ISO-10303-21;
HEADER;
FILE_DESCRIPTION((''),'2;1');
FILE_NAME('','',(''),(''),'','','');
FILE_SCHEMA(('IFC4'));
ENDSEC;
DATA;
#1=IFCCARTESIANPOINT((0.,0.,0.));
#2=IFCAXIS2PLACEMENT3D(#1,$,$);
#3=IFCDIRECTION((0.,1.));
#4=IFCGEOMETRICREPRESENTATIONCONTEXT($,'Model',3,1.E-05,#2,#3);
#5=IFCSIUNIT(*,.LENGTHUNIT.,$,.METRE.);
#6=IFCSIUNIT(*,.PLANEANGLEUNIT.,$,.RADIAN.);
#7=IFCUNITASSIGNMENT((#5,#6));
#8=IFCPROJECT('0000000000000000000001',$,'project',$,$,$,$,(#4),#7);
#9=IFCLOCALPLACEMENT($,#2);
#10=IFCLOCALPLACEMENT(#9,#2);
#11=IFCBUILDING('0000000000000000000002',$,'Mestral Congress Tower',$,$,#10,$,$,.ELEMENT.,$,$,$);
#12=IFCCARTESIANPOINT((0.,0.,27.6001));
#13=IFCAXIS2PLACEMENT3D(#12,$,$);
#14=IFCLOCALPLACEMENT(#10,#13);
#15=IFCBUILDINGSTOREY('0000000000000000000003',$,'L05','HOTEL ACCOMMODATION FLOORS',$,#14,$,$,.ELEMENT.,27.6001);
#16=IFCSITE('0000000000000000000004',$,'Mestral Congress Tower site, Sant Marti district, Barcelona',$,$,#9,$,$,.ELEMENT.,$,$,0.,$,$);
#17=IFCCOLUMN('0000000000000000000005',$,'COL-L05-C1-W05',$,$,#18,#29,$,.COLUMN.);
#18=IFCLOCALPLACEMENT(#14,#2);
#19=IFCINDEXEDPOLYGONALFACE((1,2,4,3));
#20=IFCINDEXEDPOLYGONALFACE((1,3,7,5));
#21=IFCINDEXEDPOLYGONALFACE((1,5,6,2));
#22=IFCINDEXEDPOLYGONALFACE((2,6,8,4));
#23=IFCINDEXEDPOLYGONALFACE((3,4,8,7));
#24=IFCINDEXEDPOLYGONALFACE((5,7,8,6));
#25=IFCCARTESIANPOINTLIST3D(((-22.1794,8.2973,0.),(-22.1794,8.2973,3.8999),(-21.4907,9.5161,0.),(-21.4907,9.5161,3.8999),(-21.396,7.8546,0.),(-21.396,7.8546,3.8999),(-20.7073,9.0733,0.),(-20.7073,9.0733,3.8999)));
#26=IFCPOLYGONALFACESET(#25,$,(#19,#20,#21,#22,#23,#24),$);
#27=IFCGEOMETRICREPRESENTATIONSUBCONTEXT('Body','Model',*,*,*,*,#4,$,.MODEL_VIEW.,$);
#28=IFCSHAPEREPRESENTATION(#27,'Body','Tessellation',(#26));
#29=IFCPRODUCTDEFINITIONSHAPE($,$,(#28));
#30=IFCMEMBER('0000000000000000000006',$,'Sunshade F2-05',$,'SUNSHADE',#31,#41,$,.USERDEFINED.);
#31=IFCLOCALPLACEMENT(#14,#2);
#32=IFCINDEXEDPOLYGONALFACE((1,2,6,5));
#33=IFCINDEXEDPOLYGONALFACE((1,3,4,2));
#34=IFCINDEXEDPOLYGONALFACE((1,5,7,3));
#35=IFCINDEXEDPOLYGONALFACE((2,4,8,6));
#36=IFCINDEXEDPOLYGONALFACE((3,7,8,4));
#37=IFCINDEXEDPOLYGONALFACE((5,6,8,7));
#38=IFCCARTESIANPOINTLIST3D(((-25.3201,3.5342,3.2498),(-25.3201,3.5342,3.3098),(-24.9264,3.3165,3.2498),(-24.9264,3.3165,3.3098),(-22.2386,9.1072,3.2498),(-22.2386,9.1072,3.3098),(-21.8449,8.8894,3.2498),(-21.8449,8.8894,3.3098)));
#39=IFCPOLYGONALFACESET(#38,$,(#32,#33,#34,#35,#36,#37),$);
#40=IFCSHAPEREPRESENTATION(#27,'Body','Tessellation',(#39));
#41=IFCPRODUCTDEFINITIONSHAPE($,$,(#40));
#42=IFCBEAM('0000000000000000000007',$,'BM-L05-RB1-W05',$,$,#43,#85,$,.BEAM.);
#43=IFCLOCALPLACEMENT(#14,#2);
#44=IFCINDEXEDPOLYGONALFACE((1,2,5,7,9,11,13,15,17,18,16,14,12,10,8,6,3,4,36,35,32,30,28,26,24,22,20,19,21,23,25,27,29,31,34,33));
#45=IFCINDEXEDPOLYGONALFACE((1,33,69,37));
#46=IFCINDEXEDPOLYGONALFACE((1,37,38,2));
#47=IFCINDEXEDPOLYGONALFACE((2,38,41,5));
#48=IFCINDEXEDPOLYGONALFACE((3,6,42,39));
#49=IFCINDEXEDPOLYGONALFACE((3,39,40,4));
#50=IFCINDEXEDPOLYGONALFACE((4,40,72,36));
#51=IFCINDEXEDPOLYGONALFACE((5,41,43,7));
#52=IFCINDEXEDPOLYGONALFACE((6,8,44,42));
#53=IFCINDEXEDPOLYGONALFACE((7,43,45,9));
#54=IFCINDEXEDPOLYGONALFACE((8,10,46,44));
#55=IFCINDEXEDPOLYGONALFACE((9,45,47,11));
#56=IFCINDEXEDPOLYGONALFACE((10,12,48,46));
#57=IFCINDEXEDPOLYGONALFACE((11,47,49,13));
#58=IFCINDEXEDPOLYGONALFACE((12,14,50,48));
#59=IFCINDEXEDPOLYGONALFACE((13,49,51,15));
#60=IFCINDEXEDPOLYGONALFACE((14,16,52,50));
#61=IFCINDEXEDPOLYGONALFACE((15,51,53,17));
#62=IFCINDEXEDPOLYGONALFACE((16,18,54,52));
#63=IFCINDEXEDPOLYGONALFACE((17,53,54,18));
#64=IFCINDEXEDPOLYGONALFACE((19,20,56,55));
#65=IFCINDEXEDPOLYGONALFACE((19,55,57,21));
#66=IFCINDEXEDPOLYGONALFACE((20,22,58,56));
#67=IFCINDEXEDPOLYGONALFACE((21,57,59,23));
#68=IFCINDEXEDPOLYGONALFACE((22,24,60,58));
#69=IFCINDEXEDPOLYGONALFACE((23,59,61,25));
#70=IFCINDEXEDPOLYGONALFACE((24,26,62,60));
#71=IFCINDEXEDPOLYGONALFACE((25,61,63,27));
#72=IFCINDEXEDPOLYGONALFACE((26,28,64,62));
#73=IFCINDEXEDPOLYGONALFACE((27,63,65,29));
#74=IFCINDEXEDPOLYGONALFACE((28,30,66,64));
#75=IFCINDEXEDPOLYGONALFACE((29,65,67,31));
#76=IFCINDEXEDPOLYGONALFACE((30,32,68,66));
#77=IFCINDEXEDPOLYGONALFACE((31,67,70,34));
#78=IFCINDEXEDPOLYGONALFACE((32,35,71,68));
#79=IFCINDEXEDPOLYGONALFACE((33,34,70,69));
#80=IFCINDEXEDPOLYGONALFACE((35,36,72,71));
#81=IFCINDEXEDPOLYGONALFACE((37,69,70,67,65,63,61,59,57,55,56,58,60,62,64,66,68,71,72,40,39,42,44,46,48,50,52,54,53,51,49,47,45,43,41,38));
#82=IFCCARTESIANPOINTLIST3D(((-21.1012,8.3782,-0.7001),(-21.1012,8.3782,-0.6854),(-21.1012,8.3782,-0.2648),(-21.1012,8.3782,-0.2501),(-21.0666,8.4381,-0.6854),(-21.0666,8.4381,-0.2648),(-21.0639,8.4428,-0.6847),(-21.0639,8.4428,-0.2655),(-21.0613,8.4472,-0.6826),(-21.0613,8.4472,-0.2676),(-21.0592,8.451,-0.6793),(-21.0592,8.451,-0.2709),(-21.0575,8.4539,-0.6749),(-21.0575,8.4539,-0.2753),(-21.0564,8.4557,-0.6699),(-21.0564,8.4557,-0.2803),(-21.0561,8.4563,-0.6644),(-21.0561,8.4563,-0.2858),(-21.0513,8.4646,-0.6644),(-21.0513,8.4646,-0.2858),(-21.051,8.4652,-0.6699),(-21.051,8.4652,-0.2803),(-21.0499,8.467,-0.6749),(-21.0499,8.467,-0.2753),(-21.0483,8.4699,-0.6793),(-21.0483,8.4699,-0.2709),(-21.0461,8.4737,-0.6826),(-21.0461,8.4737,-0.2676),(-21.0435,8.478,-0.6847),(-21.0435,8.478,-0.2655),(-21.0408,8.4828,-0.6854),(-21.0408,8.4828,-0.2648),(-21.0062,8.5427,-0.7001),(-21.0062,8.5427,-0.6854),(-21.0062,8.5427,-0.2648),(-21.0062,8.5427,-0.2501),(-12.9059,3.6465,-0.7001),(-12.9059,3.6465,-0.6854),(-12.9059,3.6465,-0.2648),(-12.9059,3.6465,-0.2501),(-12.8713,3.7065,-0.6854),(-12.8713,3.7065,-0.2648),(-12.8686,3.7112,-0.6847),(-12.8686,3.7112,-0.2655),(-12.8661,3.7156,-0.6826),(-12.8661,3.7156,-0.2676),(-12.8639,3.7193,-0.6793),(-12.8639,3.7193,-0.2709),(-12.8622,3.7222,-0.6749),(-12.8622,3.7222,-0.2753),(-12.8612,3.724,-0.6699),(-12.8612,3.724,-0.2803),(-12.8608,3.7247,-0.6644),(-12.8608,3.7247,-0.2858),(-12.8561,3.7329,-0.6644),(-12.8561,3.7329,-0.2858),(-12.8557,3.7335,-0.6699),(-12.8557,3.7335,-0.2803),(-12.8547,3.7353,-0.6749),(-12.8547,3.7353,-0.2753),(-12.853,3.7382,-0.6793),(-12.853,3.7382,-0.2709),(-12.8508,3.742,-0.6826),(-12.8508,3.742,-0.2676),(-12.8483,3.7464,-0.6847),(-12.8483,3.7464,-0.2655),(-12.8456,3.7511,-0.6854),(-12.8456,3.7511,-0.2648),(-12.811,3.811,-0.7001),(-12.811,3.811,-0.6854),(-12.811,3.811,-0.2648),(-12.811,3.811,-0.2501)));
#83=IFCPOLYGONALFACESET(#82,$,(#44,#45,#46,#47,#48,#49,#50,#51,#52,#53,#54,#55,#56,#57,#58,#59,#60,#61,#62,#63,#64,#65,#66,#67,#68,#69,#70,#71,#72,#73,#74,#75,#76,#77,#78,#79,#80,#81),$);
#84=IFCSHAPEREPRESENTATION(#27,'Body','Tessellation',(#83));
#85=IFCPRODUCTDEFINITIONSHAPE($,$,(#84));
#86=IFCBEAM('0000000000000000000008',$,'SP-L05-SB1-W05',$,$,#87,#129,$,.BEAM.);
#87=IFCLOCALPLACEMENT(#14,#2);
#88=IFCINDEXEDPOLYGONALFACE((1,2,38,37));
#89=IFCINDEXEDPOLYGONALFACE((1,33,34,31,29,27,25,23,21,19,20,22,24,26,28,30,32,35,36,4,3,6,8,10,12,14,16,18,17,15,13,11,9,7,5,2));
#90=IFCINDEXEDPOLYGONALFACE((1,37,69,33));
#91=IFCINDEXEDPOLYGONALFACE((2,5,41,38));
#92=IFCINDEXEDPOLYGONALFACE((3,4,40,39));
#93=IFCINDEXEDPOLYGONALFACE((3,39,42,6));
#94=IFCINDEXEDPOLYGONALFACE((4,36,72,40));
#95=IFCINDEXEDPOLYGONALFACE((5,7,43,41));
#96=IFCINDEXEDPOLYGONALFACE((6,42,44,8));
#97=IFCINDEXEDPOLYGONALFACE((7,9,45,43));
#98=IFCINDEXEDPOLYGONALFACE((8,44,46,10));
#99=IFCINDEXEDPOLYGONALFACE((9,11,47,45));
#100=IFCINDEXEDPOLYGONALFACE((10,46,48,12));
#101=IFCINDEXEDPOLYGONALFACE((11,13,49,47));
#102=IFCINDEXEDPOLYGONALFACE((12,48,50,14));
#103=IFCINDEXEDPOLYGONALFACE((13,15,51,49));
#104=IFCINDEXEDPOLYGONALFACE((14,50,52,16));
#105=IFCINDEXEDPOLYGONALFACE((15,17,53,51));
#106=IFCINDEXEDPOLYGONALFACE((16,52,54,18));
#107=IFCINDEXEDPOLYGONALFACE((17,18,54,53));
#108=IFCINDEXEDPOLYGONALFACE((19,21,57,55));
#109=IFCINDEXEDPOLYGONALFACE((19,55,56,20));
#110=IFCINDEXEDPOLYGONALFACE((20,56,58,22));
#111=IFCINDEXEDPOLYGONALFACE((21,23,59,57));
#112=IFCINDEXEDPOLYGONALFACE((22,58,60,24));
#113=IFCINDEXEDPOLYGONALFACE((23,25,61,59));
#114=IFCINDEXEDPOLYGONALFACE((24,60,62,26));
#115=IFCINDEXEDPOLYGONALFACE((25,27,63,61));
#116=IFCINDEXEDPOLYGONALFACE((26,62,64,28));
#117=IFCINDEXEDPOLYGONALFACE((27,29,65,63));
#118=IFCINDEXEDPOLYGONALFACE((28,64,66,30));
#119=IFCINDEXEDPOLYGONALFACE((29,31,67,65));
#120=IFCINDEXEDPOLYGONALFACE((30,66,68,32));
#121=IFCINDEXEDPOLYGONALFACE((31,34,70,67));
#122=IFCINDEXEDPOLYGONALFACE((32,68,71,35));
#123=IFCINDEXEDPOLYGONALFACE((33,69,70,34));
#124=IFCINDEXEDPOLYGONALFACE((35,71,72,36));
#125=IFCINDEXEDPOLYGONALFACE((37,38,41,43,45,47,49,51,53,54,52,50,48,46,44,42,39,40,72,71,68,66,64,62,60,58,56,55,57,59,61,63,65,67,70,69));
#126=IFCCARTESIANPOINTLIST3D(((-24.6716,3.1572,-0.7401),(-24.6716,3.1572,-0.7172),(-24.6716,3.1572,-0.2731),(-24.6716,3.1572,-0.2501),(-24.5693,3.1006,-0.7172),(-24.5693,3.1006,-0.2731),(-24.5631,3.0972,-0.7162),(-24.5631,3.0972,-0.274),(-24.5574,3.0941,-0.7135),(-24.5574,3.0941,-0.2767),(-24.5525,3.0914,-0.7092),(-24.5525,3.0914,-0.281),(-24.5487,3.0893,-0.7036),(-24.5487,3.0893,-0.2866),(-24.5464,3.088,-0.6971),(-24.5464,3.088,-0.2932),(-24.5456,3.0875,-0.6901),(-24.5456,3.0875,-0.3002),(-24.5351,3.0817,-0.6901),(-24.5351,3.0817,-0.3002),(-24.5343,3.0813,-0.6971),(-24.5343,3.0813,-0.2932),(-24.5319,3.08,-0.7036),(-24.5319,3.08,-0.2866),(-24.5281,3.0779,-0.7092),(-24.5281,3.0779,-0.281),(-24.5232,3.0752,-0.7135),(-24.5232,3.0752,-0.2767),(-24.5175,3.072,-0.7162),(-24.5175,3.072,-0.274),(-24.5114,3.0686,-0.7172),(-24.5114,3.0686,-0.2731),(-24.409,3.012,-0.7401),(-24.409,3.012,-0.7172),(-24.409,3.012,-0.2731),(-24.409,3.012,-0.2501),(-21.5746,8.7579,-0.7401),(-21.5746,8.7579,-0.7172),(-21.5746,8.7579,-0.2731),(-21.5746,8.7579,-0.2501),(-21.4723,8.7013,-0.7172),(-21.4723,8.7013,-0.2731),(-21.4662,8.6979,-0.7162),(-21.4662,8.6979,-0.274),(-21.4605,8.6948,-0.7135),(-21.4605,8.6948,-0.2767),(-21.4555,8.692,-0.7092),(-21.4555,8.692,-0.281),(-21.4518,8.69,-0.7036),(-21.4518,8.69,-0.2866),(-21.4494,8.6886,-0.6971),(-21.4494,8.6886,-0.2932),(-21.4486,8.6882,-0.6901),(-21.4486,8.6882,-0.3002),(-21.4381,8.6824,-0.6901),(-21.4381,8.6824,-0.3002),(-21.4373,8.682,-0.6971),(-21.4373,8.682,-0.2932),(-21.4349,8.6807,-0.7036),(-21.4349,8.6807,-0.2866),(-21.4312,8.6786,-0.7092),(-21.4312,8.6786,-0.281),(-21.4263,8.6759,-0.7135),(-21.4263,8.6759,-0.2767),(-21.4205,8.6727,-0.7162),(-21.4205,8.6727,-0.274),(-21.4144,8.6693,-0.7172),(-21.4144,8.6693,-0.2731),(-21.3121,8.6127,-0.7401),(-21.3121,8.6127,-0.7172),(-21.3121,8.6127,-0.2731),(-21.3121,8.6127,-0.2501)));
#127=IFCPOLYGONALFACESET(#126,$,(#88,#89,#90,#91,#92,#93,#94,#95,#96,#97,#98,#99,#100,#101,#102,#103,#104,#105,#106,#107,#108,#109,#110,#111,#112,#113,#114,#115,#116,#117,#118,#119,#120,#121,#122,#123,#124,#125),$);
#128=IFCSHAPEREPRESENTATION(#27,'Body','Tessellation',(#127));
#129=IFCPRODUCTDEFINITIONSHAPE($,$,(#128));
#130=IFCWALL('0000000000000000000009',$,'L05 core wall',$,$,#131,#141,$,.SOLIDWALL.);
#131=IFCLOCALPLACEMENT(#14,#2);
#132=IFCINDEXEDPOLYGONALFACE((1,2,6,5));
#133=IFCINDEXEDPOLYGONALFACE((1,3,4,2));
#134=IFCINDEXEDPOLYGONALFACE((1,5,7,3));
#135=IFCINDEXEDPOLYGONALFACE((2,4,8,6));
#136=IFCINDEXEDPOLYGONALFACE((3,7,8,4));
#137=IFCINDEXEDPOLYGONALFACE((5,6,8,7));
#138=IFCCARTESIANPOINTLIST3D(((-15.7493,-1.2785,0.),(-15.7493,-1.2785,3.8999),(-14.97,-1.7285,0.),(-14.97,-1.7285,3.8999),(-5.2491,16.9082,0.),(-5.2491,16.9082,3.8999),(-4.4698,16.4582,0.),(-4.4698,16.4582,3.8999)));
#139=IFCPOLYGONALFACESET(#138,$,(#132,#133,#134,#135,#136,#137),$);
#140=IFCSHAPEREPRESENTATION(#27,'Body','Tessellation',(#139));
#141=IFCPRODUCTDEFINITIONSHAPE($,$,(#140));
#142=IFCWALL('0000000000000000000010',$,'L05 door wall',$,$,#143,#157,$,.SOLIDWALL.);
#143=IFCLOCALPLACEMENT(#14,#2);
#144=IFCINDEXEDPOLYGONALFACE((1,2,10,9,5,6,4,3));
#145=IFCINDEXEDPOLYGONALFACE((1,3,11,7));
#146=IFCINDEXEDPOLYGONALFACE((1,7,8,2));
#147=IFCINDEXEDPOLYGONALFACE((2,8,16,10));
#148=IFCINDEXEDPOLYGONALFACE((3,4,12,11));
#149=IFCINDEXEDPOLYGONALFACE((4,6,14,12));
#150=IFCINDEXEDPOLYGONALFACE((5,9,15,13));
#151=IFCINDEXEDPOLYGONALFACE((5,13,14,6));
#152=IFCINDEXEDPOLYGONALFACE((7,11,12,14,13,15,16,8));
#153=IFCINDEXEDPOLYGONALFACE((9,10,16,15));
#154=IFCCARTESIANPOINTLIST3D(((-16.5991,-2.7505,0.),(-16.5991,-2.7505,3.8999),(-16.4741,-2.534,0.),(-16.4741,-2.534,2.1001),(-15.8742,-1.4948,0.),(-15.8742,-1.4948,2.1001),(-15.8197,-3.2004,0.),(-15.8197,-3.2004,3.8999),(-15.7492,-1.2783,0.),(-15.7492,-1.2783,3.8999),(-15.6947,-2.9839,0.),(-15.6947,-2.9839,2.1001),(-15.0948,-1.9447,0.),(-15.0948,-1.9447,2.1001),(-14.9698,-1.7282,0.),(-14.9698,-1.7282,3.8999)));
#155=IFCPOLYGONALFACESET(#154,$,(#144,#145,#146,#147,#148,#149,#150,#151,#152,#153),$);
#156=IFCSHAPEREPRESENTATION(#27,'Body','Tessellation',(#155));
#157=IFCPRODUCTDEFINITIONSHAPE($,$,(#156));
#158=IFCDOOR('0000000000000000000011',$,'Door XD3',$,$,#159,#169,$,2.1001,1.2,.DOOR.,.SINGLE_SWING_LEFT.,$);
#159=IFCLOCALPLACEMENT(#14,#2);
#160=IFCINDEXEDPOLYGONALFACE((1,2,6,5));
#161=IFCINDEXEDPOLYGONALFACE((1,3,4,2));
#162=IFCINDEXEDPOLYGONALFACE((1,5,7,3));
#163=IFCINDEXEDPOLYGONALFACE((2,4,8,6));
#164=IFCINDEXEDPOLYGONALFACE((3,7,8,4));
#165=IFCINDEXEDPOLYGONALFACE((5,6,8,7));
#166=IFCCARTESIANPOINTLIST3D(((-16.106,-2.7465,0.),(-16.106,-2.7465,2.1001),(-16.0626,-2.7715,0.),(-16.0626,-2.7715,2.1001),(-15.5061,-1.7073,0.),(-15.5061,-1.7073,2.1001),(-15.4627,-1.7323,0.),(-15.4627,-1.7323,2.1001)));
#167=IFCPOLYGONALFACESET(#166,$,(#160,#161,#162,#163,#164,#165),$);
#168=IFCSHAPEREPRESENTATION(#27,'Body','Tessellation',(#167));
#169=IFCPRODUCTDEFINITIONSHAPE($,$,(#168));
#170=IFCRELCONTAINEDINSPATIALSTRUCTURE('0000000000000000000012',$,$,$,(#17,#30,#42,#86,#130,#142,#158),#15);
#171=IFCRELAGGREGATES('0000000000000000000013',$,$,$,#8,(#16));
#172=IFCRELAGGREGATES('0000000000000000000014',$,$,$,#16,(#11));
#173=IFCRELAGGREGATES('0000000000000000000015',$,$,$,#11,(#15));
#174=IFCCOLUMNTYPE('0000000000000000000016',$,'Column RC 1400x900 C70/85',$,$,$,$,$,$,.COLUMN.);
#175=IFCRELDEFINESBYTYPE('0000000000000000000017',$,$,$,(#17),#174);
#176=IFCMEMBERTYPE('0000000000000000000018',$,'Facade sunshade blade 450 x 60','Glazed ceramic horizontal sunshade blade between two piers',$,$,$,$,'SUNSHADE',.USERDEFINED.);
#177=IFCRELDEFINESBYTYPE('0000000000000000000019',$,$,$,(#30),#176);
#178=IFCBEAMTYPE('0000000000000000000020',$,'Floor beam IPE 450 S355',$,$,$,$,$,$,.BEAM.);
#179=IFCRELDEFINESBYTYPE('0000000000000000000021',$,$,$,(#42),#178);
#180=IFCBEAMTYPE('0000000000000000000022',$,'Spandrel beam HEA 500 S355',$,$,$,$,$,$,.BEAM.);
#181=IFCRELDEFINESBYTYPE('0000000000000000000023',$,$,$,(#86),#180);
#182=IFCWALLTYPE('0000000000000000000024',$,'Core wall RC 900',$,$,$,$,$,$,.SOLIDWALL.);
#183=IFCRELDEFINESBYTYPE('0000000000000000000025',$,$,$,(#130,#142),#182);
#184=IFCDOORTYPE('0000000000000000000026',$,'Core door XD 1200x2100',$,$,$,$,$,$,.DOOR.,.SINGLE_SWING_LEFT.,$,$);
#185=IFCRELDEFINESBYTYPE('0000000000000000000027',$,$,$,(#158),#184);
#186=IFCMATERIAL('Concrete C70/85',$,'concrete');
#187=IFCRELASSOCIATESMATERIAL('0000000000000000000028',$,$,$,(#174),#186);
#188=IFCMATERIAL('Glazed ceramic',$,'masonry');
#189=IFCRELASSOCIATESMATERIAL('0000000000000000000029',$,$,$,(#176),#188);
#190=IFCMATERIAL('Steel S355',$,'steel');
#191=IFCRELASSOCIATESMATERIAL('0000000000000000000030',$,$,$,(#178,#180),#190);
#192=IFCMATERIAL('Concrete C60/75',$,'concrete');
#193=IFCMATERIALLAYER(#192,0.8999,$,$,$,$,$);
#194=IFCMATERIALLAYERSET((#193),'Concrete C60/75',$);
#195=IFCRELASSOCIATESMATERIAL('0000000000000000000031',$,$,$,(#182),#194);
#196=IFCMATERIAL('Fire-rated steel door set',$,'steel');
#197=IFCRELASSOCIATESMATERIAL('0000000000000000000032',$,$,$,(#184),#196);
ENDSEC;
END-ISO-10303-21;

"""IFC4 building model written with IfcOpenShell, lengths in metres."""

from ifc_helpers import new_model, si_unit, direction, frame, frame_2d, origin, origin_2d, place, context, subcontext, project, spatial, rectangle, i_section, extrude, material, layer, layer_set, material_profile, profile_set, type_object, element, fill, save


model = new_model("IFC4")

# Units and contexts
model_context = context("Model", 3, precision=1e-05, world=origin(), true_north=direction((0.0, 1.0)))
body_context = subcontext(model_context, "Body", "Model", "MODEL_VIEW")
ifc_project = project(units=[si_unit("LENGTHUNIT", "METRE"), si_unit("PLANEANGLEUNIT", "RADIAN")], contexts=[model_context])

# Site, building, storey
site_placement = place(None, origin())
site = spatial("IfcSite", under=ifc_project, at=site_placement, Name="Mestral Congress Tower site, Sant Marti district, Barcelona", CompositionType="ELEMENT", RefElevation=0.0)
building_placement = place(site_placement, origin())
building = spatial("IfcBuilding", under=site, at=building_placement, Name="Mestral Congress Tower", CompositionType="ELEMENT")
storey_placement = place(building_placement, frame((0.0, 0.0, 27.6001)))
storey = spatial("IfcBuildingStorey", under=building, at=storey_placement, Name="L05", Description="HOTEL ACCOMMODATION FLOORS", CompositionType="ELEMENT", Elevation=27.6001)

# Column
ifc_material_1 = material(Name="Concrete C70/85", Category="concrete")
ifc_material_profile_1 = material_profile(ifc_material_1, rectangle(XDim=1.3999, YDim=0.8999, at=origin_2d()), Name="RC 1400x900")
ifc_profile_set_1 = profile_set([ifc_material_profile_1], Name="Concrete C70/85")
column_type = type_object("IfcColumnType", Name="Column RC 1400x900 C70/85", PredefinedType="COLUMN", material=ifc_profile_set_1)
column_placement = place(storey_placement, frame((-21.4434, 8.6853, 0.0), z_axis=(0.0, 0.0, 1.0), x_axis=(-0.491974, -0.87061, 0.0)))
element("IfcColumn", 1, at=column_placement, inside=storey, type_object=column_type, Name="COL-L05-C1-W05", PredefinedType="COLUMN", context=body_context, shape_type="SweptSolid", body=[
    extrude(rectangle(XDim=1.3999, YDim=0.8999, at=origin_2d()), origin(), (0.0, 0.0, 1.0), 3.8999),
])

# Member
ifc_material_2 = material(Name="Glazed ceramic", Category="masonry")
ifc_material_profile_2 = material_profile(ifc_material_2, rectangle(XDim=0.45, YDim=0.0601, at=origin_2d()), Name="Ceramic blade 450 x 60")
ifc_profile_set_2 = profile_set([ifc_material_profile_2], Name="Glazed ceramic")
member_type = type_object("IfcMemberType", Name="Facade sunshade blade 450 x 60", Description="Glazed ceramic horizontal sunshade blade between two piers", ElementType="SUNSHADE", PredefinedType="USERDEFINED", material=ifc_profile_set_2)
member_placement = place(storey_placement, frame((-22.0417, 8.9983, 3.2798), z_axis=(-0.483894, -0.875127, 0.0), x_axis=(0.875127, -0.483894, 0.0)))
element("IfcMember", 2, at=member_placement, inside=storey, type_object=member_type, Name="Sunshade F2-05", ObjectType="SUNSHADE", PredefinedType="USERDEFINED", context=body_context, shape_type="SweptSolid", body=[
    extrude(rectangle(XDim=0.45, YDim=0.0601, at=origin_2d()), origin(), (0.0, 0.0, 1.0), 6.3682),
])

# Beams
ifc_material_3 = material(Name="Steel S355", Category="steel")
ifc_material_profile_3 = material_profile(ifc_material_3, i_section(OverallWidth=0.1899, OverallDepth=0.45, WebThickness=0.0095, FlangeThickness=0.0146, FilletRadius=0.021, at=origin_2d()), Name="IPE 450")
ifc_profile_set_3 = profile_set([ifc_material_profile_3], Name="Steel S355")
beam_type_1 = type_object("IfcBeamType", Name="Floor beam IPE 450 S355", PredefinedType="BEAM", material=ifc_profile_set_3)
beam_1_placement = place(storey_placement, frame((-21.0537, 8.4604, -0.4751), z_axis=(0.86602, -0.50001, 0.0), x_axis=(0.50001, 0.86602, 0.0)))
element("IfcBeam", 3, at=beam_1_placement, inside=storey, type_object=beam_type_1, Name="BM-L05-RB1-W05", PredefinedType="BEAM", context=body_context, shape_type="SweptSolid", body=[
    extrude(i_section(OverallWidth=0.1899, OverallDepth=0.45, WebThickness=0.0095, FlangeThickness=0.0146, FilletRadius=0.021, at=origin_2d()), origin(), (0.0, 0.0, 1.0), 9.4631),
])
ifc_material_profile_4 = material_profile(ifc_material_3, i_section(OverallWidth=0.3, OverallDepth=0.49, WebThickness=0.012, FlangeThickness=0.0229, FilletRadius=0.0271, at=origin_2d()), Name="HEA 500")
ifc_profile_set_4 = profile_set([ifc_material_profile_4], Name="Steel S355")
beam_type_2 = type_object("IfcBeamType", Name="Spandrel beam HEA 500 S355", PredefinedType="BEAM", material=ifc_profile_set_4)
beam_2_placement = place(storey_placement, frame((-21.4434, 8.6853, -0.4951), z_axis=(-0.483909, -0.875118, 0.0), x_axis=(0.875118, -0.483909, 0.0)))
element("IfcBeam", 4, at=beam_2_placement, inside=storey, type_object=beam_type_2, Name="SP-L05-SB1-W05", PredefinedType="BEAM", context=body_context, shape_type="SweptSolid", body=[
    extrude(i_section(OverallWidth=0.3, OverallDepth=0.49, WebThickness=0.012, FlangeThickness=0.0229, FilletRadius=0.0271, at=origin_2d()), origin(), (0.0, 0.0, 1.0), 6.3999),
])

# Wall
ifc_material_4 = material(Name="Concrete C60/75", Category="concrete")
ifc_layer_1 = layer(ifc_material_4, 0.8999)
ifc_layer_set_1 = layer_set([ifc_layer_1], Name="Concrete C60/75")
wall_type_1 = type_object("IfcWallType", Name="Core wall RC 900", PredefinedType="SOLIDWALL", material=ifc_layer_set_1)
wall_1_placement = place(storey_placement, frame((-15.3596, -1.5034, 0.0), z_axis=(0.0, 0.0, 1.0), x_axis=(0.500004, 0.866023, 0.0)))
element("IfcWall", 5, at=wall_1_placement, inside=storey, type_object=wall_type_1, Name="L05 core wall", PredefinedType="SOLIDWALL", context=body_context, shape_type="SweptSolid", body=[
    extrude(rectangle(XDim=21.0002, YDim=0.8999, at=frame_2d((10.5, 0.0))), origin(), (0.0, 0.0, 1.0), 3.8999),
])

# Wall, opening, door
wall_2_placement = place(storey_placement, frame((-16.2095, -2.9756, 0.0), z_axis=(0.0, 0.0, 1.0), x_axis=(0.499955, 0.866052, 0.0)))
wall_2 = element("IfcWall", 6, at=wall_2_placement, inside=storey, type_object=wall_type_1, Name="L05 door wall", PredefinedType="SOLIDWALL", context=body_context, shape_type="SweptSolid", body=[
    extrude(rectangle(XDim=1.7, YDim=0.8999, at=frame_2d((0.8501, 0.0))), origin(), (0.0, 0.0, 1.0), 3.8999),
])
opening_1_placement = place(wall_2_placement, frame((0.25, 0.0, 0.0)))
opening_1 = element("IfcOpeningElement", 7, at=opening_1_placement, cuts=wall_2, PredefinedType="OPENING", context=body_context, shape_type="SweptSolid", body=[
    extrude(rectangle(XDim=1.2, YDim=2.1001, at=frame_2d((0.6001, 1.05))), frame((0.0, 0.46, 0.0), z_axis=(0.0, -1.0, 0.0), x_axis=(1.0, 0.0, 0.0)), (0.0, 0.0, 1.0), 0.9199),
])
ifc_material_5 = material(Name="Fire-rated steel door set", Category="steel")
door_type_1 = type_object("IfcDoorType", Name="Core door XD 1200x2100", OperationType="SINGLE_SWING_LEFT", PredefinedType="DOOR", material=ifc_material_5)
door_1_placement = place(opening_1_placement, origin())
door_1 = element("IfcDoor", 8, at=door_1_placement, inside=storey, type_object=door_type_1, Name="Door XD3", OperationType="SINGLE_SWING_LEFT", OverallHeight=2.1001, OverallWidth=1.2, PredefinedType="DOOR", context=body_context, shape_type="SweptSolid", body=[
    extrude(rectangle(XDim=1.2, YDim=2.1001, at=frame_2d((0.6001, 1.05))), frame((0.0, 0.0249, 0.0), z_axis=(0.0, -1.0, 0.0), x_axis=(1.0, 0.0, 0.0)), (0.0, 0.0, 1.0), 0.05),
])
fill(opening_1, door_1)

save(model, "model.ifc")
